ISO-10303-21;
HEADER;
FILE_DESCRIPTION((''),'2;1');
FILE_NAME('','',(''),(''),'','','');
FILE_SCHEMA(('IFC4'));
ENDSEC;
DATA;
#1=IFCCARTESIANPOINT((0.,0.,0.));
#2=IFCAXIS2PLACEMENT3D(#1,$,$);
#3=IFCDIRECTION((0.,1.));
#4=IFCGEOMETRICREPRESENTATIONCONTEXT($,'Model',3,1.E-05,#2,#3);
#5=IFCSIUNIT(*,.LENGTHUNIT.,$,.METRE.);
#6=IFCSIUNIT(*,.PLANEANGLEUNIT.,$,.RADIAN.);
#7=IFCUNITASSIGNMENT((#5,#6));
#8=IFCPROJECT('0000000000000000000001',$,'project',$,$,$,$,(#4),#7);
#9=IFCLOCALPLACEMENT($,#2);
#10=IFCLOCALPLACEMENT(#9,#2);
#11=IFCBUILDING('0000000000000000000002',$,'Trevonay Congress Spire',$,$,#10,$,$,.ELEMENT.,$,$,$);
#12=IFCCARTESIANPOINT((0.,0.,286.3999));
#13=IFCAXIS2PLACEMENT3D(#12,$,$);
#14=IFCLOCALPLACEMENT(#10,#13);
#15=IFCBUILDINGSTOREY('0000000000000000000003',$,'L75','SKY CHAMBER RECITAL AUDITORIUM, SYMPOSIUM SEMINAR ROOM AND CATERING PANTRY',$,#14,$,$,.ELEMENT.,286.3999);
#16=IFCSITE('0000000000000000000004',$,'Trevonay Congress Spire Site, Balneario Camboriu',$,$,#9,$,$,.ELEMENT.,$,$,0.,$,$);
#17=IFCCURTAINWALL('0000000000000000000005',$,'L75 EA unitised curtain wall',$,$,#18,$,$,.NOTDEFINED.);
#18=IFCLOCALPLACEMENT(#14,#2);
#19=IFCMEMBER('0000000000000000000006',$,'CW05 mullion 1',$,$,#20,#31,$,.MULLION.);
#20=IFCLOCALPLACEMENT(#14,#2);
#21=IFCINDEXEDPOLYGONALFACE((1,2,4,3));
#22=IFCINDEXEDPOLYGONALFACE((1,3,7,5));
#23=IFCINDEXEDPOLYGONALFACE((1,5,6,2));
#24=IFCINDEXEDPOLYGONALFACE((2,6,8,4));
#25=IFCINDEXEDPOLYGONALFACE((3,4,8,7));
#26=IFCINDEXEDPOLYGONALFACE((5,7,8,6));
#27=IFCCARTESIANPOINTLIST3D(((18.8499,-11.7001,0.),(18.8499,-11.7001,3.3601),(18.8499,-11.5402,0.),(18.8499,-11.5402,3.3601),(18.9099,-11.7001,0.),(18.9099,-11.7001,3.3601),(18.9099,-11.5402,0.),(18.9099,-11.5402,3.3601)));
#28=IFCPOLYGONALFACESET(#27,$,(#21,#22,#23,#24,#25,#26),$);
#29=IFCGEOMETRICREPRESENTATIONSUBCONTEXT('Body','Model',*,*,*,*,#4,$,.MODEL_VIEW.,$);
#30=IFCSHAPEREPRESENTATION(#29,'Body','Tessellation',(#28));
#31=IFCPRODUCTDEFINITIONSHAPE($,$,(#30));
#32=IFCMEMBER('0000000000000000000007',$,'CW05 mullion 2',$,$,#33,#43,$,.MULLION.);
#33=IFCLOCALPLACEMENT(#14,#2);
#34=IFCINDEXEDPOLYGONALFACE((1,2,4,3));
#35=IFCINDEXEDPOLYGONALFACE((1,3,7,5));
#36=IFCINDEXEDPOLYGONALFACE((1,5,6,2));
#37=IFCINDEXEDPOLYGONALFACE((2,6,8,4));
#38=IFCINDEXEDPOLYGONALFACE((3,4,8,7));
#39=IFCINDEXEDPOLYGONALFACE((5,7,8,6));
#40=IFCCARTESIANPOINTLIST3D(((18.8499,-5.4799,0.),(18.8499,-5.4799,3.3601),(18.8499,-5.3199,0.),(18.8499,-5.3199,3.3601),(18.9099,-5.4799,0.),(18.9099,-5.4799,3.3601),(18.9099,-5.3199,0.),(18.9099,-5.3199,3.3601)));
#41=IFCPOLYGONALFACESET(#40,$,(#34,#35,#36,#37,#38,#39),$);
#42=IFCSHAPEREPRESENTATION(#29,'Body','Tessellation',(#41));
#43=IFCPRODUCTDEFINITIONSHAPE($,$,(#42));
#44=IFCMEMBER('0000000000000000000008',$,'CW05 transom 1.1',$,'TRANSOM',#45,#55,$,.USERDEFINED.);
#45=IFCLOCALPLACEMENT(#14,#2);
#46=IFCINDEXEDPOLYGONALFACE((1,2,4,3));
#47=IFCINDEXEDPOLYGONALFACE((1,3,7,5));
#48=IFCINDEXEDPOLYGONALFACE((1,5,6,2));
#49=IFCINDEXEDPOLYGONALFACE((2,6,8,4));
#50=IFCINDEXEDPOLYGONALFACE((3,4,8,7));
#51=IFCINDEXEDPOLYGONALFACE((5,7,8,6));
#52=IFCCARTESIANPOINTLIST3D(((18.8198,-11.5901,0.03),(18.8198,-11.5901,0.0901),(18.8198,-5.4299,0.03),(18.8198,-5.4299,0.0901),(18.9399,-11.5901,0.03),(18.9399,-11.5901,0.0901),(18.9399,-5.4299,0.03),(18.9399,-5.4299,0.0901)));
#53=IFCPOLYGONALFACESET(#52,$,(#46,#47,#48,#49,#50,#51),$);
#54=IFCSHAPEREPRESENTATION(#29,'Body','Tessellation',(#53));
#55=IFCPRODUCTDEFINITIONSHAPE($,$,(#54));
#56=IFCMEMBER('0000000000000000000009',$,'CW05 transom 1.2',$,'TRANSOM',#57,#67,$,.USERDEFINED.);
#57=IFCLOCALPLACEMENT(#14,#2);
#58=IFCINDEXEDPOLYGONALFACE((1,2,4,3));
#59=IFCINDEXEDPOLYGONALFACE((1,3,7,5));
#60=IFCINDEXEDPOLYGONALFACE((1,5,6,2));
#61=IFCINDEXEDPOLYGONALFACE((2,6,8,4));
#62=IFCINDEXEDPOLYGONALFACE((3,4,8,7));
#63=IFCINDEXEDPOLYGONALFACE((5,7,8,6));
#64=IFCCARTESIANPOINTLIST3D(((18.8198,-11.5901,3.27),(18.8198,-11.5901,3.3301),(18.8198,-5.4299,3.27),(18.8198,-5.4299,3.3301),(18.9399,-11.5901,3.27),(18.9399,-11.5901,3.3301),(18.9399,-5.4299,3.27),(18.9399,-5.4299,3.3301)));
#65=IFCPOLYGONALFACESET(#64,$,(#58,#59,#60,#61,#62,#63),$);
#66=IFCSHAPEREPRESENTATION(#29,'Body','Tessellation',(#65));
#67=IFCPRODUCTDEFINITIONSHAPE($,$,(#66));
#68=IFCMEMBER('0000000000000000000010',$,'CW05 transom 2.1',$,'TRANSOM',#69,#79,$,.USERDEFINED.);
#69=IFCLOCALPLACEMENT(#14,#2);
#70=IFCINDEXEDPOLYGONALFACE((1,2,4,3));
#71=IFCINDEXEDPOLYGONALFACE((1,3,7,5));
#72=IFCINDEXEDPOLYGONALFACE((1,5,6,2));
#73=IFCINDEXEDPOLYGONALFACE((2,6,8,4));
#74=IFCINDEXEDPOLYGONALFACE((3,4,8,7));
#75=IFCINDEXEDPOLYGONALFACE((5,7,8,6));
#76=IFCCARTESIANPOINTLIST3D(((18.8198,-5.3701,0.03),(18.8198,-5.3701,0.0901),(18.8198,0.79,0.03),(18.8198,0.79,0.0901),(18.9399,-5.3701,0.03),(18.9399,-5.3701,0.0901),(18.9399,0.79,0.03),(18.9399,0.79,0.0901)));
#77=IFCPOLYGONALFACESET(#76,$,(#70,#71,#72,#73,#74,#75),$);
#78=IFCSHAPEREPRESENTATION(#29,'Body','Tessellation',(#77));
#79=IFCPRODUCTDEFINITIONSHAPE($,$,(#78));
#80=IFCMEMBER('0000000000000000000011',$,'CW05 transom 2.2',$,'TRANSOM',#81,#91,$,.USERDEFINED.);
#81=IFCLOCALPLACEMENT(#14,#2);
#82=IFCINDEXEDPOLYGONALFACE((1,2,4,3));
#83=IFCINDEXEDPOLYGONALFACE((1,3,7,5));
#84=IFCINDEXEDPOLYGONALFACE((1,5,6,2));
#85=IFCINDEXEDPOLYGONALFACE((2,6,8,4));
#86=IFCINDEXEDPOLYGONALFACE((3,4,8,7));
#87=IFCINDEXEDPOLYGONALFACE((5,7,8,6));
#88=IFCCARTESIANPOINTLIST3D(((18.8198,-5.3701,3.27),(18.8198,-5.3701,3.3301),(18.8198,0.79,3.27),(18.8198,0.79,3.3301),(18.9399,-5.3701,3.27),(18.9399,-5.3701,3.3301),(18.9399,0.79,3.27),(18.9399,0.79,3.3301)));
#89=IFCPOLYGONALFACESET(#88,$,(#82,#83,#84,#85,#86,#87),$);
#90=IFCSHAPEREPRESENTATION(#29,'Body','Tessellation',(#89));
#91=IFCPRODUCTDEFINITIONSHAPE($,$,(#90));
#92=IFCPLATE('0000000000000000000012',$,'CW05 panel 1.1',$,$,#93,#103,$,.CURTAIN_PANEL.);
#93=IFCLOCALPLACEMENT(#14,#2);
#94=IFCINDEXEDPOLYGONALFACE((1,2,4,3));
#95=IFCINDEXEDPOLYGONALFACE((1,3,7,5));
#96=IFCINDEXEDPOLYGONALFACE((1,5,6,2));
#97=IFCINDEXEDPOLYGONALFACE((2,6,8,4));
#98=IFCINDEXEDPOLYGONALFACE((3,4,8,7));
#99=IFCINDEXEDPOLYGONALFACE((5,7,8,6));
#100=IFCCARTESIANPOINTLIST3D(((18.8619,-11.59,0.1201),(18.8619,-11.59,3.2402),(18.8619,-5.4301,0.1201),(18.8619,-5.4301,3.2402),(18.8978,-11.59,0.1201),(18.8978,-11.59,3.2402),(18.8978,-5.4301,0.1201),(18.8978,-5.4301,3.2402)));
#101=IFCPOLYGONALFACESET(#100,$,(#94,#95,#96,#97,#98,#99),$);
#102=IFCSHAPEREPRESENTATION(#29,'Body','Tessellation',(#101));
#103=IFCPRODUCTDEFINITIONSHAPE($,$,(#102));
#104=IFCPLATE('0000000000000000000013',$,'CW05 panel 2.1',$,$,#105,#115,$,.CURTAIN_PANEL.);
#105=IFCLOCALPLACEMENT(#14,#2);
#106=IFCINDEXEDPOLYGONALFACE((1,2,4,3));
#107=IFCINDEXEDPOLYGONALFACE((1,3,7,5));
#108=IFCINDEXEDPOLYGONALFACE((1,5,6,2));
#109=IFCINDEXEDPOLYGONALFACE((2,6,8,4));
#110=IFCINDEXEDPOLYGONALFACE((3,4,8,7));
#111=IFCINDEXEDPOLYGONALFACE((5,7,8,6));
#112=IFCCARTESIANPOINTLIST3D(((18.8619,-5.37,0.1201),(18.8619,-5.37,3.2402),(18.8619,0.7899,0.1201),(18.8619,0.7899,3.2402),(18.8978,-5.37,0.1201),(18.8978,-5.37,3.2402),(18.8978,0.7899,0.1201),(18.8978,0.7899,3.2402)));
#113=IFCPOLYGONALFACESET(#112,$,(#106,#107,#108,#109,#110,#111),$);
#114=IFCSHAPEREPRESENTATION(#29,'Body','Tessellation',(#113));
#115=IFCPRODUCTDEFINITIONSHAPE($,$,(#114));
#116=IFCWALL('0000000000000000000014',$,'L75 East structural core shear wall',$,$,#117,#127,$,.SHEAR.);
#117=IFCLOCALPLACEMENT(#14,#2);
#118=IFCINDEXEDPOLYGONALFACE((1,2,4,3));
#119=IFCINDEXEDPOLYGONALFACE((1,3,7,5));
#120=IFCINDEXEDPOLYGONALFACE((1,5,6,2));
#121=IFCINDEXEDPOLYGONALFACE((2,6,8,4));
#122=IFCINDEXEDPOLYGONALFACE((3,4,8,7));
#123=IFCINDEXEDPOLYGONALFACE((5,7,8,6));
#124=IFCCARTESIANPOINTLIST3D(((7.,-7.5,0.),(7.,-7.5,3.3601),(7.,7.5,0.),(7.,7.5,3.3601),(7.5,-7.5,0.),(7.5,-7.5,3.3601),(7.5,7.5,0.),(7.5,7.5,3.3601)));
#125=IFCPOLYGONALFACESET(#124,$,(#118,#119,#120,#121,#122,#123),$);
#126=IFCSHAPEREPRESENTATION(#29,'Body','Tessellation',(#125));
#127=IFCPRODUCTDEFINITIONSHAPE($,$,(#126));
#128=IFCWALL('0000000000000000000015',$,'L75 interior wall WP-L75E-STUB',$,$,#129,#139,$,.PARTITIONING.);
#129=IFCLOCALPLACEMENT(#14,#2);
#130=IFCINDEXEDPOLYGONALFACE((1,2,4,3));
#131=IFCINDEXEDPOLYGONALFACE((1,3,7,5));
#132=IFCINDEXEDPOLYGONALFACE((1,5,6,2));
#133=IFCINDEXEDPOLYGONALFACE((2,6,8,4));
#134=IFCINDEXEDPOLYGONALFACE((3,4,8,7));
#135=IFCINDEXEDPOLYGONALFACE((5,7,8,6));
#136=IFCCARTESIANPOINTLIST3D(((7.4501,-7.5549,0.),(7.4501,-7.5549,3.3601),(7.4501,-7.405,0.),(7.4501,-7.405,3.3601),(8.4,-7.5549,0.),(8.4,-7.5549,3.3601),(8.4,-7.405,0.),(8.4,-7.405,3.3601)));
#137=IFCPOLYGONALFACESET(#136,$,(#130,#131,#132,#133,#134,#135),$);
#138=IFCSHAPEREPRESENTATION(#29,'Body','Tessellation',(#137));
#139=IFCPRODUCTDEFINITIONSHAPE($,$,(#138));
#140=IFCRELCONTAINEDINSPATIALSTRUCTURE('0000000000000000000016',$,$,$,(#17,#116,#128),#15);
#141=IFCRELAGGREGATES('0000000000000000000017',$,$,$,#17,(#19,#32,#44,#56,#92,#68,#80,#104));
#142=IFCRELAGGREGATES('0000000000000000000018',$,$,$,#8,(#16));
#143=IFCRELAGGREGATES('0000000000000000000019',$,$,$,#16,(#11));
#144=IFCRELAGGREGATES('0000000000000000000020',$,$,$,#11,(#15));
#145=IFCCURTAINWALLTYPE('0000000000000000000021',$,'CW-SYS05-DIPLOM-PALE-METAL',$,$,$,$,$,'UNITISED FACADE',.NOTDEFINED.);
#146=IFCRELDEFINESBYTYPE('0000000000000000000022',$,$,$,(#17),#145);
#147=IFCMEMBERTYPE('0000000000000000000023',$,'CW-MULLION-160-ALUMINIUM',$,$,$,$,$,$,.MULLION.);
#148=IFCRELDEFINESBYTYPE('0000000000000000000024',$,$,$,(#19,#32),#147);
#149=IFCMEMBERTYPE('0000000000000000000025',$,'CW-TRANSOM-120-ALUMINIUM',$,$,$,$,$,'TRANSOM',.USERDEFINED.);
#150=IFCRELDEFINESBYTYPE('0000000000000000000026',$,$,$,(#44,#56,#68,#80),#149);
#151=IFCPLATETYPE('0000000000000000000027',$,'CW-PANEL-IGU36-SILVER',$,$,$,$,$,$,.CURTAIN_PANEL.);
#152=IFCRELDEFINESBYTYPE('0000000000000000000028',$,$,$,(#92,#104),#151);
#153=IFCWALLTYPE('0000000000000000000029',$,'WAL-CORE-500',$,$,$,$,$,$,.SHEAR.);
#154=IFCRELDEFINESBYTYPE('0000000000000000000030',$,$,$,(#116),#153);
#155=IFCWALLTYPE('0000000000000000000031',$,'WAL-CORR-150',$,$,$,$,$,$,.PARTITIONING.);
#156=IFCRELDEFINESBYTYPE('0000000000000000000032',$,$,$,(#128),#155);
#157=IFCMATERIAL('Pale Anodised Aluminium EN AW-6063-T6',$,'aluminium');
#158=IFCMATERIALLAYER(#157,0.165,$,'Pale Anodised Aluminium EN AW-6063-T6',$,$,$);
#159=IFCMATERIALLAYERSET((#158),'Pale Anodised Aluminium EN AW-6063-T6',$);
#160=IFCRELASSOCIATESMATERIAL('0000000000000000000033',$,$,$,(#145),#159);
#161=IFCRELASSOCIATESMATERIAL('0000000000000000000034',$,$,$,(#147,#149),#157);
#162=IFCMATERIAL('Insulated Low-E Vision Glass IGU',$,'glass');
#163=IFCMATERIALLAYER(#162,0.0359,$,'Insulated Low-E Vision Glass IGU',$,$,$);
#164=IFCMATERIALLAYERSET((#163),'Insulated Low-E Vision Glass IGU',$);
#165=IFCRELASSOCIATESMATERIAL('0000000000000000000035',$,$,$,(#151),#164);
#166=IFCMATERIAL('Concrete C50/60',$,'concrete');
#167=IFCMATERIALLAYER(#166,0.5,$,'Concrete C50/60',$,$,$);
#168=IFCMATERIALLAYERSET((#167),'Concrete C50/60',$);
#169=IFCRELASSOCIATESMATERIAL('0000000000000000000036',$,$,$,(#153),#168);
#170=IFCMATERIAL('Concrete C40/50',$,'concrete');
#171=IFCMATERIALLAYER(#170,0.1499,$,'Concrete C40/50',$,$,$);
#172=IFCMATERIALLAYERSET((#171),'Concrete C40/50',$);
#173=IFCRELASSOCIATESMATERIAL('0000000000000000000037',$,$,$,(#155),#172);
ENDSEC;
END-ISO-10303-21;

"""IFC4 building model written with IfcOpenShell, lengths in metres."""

from ifc_helpers import new_model, si_unit, direction, frame, frame_2d, origin, origin_2d, place, context, subcontext, project, spatial, rectangle, extrude, material, layer, layer_set, material_profile, profile_set, type_object, element, aggregate, save


model = new_model("IFC4")

# Units and contexts
model_context = context("Model", 3, precision=1e-05, world=origin(), true_north=direction((0.0, 1.0)))
body_context = subcontext(model_context, "Body", "Model", "MODEL_VIEW")
ifc_project = project(units=[si_unit("LENGTHUNIT", "METRE"), si_unit("PLANEANGLEUNIT", "RADIAN")], contexts=[model_context])

# Site, building, storey
site_placement = place(None, origin())
site = spatial("IfcSite", under=ifc_project, at=site_placement, Name="Trevonay Congress Spire Site, Balneario Camboriu", CompositionType="ELEMENT", RefElevation=0.0)
building_placement = place(site_placement, origin())
building = spatial("IfcBuilding", under=site, at=building_placement, Name="Trevonay Congress Spire", CompositionType="ELEMENT")
storey_placement = place(building_placement, frame((0.0, 0.0, 286.3999)))
storey = spatial("IfcBuildingStorey", under=building, at=storey_placement, Name="L75", Description="SKY CHAMBER RECITAL AUDITORIUM, SYMPOSIUM SEMINAR ROOM AND CATERING PANTRY", CompositionType="ELEMENT", Elevation=286.3999)

# Curtain wall, members, plates
ifc_material_1 = material(Name="Pale Anodised Aluminium EN AW-6063-T6", Category="aluminium")
ifc_layer_1 = layer(ifc_material_1, 0.165, Name="Pale Anodised Aluminium EN AW-6063-T6")
ifc_layer_set_1 = layer_set([ifc_layer_1], Name="Pale Anodised Aluminium EN AW-6063-T6")
curtain_wall_type = type_object("IfcCurtainWallType", Name="CW-SYS05-DIPLOM-PALE-METAL", ElementType="UNITISED FACADE", PredefinedType="NOTDEFINED", material=ifc_layer_set_1)
curtain_wall_placement = place(storey_placement, origin())
curtain_wall = element("IfcCurtainWall", 1, at=curtain_wall_placement, inside=storey, type_object=curtain_wall_type, Name="L75 EA unitised curtain wall", PredefinedType="NOTDEFINED")
ifc_material_profile_1 = material_profile(ifc_material_1, rectangle(XDim=0.0601, YDim=0.1599, at=origin_2d()), Name="CW-MULLION-160-ALUMINIUM")
ifc_profile_set_1 = profile_set([ifc_material_profile_1], Name="Pale Anodised Aluminium EN AW-6063-T6")
member_type_1 = type_object("IfcMemberType", Name="CW-MULLION-160-ALUMINIUM", PredefinedType="MULLION", material=ifc_profile_set_1)
member_1_placement = place(storey_placement, frame((18.8799, -11.6201, 0.0), z_axis=(0.0, 0.0, 1.0), x_axis=(-1.0, 0.0, 0.0)))
member_1 = element("IfcMember", 2, at=member_1_placement, type_object=member_type_1, Name="CW05 mullion 1", PredefinedType="MULLION", context=body_context, shape_type="SweptSolid", body=[
    extrude(rectangle(XDim=0.0601, YDim=0.1599, at=origin_2d()), origin(), (0.0, 0.0, 1.0), 3.3601),
])
member_2_placement = place(storey_placement, frame((18.8799, -5.3999, 0.0), z_axis=(0.0, 0.0, 1.0), x_axis=(-1.0, 0.0, 0.0)))
member_2 = element("IfcMember", 3, at=member_2_placement, type_object=member_type_1, Name="CW05 mullion 2", PredefinedType="MULLION", context=body_context, shape_type="SweptSolid", body=[
    extrude(rectangle(XDim=0.0601, YDim=0.1599, at=origin_2d()), origin(), (0.0, 0.0, 1.0), 3.3601),
])
ifc_material_profile_2 = material_profile(ifc_material_1, rectangle(XDim=0.1201, YDim=0.0601, at=origin_2d()), Name="CW-TRANSOM-120-ALUMINIUM")
ifc_profile_set_2 = profile_set([ifc_material_profile_2], Name="Pale Anodised Aluminium EN AW-6063-T6")
member_type_2 = type_object("IfcMemberType", Name="CW-TRANSOM-120-ALUMINIUM", ElementType="TRANSOM", PredefinedType="USERDEFINED", material=ifc_profile_set_2)
member_3_placement = place(storey_placement, frame((18.8799, -11.5901, 0.0601), z_axis=(0.0, 1.0, 0.0), x_axis=(-1.0, 0.0, 0.0)))
member_3 = element("IfcMember", 4, at=member_3_placement, type_object=member_type_2, Name="CW05 transom 1.1", ObjectType="TRANSOM", PredefinedType="USERDEFINED", context=body_context, shape_type="SweptSolid", body=[
    extrude(rectangle(XDim=0.1201, YDim=0.0601, at=origin_2d()), origin(), (0.0, 0.0, 1.0), 6.1602),
])
member_4_placement = place(storey_placement, frame((18.8799, -11.5901, 3.3), z_axis=(0.0, 1.0, 0.0), x_axis=(-1.0, 0.0, 0.0)))
member_4 = element("IfcMember", 5, at=member_4_placement, type_object=member_type_2, Name="CW05 transom 1.2", ObjectType="TRANSOM", PredefinedType="USERDEFINED", context=body_context, shape_type="SweptSolid", body=[
    extrude(rectangle(XDim=0.1201, YDim=0.0601, at=origin_2d()), origin(), (0.0, 0.0, 1.0), 6.1602),
])
member_5_placement = place(storey_placement, frame((18.8799, -5.3701, 0.0601), z_axis=(0.0, 1.0, 0.0), x_axis=(-1.0, 0.0, 0.0)))
member_5 = element("IfcMember", 6, at=member_5_placement, type_object=member_type_2, Name="CW05 transom 2.1", ObjectType="TRANSOM", PredefinedType="USERDEFINED", context=body_context, shape_type="SweptSolid", body=[
    extrude(rectangle(XDim=0.1201, YDim=0.0601, at=origin_2d()), origin(), (0.0, 0.0, 1.0), 6.1602),
])
member_6_placement = place(storey_placement, frame((18.8799, -5.3701, 3.3), z_axis=(0.0, 1.0, 0.0), x_axis=(-1.0, 0.0, 0.0)))
member_6 = element("IfcMember", 7, at=member_6_placement, type_object=member_type_2, Name="CW05 transom 2.2", ObjectType="TRANSOM", PredefinedType="USERDEFINED", context=body_context, shape_type="SweptSolid", body=[
    extrude(rectangle(XDim=0.1201, YDim=0.0601, at=origin_2d()), origin(), (0.0, 0.0, 1.0), 6.1602),
])
ifc_material_2 = material(Name="Insulated Low-E Vision Glass IGU", Category="glass")
ifc_layer_2 = layer(ifc_material_2, 0.0359, Name="Insulated Low-E Vision Glass IGU")
ifc_layer_set_2 = layer_set([ifc_layer_2], Name="Insulated Low-E Vision Glass IGU")
plate_type = type_object("IfcPlateType", Name="CW-PANEL-IGU36-SILVER", PredefinedType="CURTAIN_PANEL", material=ifc_layer_set_2)
plate_1_placement = place(storey_placement, frame((18.8799, -8.51, 0.1201), z_axis=(0.0, 0.0, 1.0), x_axis=(0.0, 1.0, 0.0)))
plate_1 = element("IfcPlate", 8, at=plate_1_placement, type_object=plate_type, Name="CW05 panel 1.1", PredefinedType="CURTAIN_PANEL", context=body_context, shape_type="SweptSolid", body=[
    extrude(rectangle(XDim=6.1599, YDim=0.0359, at=origin_2d()), origin(), (0.0, 0.0, 1.0), 3.1201),
])
plate_2_placement = place(storey_placement, frame((18.8799, -2.29, 0.1201), z_axis=(0.0, 0.0, 1.0), x_axis=(0.0, 1.0, 0.0)))
plate_2 = element("IfcPlate", 9, at=plate_2_placement, type_object=plate_type, Name="CW05 panel 2.1", PredefinedType="CURTAIN_PANEL", context=body_context, shape_type="SweptSolid", body=[
    extrude(rectangle(XDim=6.1599, YDim=0.0359, at=origin_2d()), origin(), (0.0, 0.0, 1.0), 3.1201),
])
aggregate(curtain_wall, [member_1, member_2, member_3, member_4, plate_1, member_5, member_6, plate_2])

# Walls
ifc_material_3 = material(Name="Concrete C50/60", Category="concrete")
ifc_layer_3 = layer(ifc_material_3, 0.5, Name="Concrete C50/60")
ifc_layer_set_3 = layer_set([ifc_layer_3], Name="Concrete C50/60")
wall_type_1 = type_object("IfcWallType", Name="WAL-CORE-500", PredefinedType="SHEAR", material=ifc_layer_set_3)
wall_1_placement = place(storey_placement, frame((7.25, -7.5, 0.0), z_axis=(0.0, 0.0, 1.0), x_axis=(0.0, 1.0, 0.0)))
element("IfcWall", 10, at=wall_1_placement, inside=storey, type_object=wall_type_1, Name="L75 East structural core shear wall", PredefinedType="SHEAR", context=body_context, shape_type="SweptSolid", body=[
    extrude(rectangle(XDim=15.0, YDim=0.5, at=frame_2d((7.5, 0.0))), origin(), (0.0, 0.0, 1.0), 3.3601),
])
ifc_material_4 = material(Name="Concrete C40/50", Category="concrete")
ifc_layer_4 = layer(ifc_material_4, 0.1499, Name="Concrete C40/50")
ifc_layer_set_4 = layer_set([ifc_layer_4], Name="Concrete C40/50")
wall_type_2 = type_object("IfcWallType", Name="WAL-CORR-150", PredefinedType="PARTITIONING", material=ifc_layer_set_4)
wall_2_placement = place(storey_placement, frame((7.45, -7.48, 0.0), z_axis=(0.0, 0.0, 1.0), x_axis=(1.0, 0.0, 0.0)))
element("IfcWall", 11, at=wall_2_placement, inside=storey, type_object=wall_type_2, Name="L75 interior wall WP-L75E-STUB", PredefinedType="PARTITIONING", context=body_context, shape_type="SweptSolid", body=[
    extrude(rectangle(XDim=0.95, YDim=0.1499, at=frame_2d((0.4751, 0.0))), origin(), (0.0, 0.0, 1.0), 3.3601),
])

save(model, "model.ifc")
